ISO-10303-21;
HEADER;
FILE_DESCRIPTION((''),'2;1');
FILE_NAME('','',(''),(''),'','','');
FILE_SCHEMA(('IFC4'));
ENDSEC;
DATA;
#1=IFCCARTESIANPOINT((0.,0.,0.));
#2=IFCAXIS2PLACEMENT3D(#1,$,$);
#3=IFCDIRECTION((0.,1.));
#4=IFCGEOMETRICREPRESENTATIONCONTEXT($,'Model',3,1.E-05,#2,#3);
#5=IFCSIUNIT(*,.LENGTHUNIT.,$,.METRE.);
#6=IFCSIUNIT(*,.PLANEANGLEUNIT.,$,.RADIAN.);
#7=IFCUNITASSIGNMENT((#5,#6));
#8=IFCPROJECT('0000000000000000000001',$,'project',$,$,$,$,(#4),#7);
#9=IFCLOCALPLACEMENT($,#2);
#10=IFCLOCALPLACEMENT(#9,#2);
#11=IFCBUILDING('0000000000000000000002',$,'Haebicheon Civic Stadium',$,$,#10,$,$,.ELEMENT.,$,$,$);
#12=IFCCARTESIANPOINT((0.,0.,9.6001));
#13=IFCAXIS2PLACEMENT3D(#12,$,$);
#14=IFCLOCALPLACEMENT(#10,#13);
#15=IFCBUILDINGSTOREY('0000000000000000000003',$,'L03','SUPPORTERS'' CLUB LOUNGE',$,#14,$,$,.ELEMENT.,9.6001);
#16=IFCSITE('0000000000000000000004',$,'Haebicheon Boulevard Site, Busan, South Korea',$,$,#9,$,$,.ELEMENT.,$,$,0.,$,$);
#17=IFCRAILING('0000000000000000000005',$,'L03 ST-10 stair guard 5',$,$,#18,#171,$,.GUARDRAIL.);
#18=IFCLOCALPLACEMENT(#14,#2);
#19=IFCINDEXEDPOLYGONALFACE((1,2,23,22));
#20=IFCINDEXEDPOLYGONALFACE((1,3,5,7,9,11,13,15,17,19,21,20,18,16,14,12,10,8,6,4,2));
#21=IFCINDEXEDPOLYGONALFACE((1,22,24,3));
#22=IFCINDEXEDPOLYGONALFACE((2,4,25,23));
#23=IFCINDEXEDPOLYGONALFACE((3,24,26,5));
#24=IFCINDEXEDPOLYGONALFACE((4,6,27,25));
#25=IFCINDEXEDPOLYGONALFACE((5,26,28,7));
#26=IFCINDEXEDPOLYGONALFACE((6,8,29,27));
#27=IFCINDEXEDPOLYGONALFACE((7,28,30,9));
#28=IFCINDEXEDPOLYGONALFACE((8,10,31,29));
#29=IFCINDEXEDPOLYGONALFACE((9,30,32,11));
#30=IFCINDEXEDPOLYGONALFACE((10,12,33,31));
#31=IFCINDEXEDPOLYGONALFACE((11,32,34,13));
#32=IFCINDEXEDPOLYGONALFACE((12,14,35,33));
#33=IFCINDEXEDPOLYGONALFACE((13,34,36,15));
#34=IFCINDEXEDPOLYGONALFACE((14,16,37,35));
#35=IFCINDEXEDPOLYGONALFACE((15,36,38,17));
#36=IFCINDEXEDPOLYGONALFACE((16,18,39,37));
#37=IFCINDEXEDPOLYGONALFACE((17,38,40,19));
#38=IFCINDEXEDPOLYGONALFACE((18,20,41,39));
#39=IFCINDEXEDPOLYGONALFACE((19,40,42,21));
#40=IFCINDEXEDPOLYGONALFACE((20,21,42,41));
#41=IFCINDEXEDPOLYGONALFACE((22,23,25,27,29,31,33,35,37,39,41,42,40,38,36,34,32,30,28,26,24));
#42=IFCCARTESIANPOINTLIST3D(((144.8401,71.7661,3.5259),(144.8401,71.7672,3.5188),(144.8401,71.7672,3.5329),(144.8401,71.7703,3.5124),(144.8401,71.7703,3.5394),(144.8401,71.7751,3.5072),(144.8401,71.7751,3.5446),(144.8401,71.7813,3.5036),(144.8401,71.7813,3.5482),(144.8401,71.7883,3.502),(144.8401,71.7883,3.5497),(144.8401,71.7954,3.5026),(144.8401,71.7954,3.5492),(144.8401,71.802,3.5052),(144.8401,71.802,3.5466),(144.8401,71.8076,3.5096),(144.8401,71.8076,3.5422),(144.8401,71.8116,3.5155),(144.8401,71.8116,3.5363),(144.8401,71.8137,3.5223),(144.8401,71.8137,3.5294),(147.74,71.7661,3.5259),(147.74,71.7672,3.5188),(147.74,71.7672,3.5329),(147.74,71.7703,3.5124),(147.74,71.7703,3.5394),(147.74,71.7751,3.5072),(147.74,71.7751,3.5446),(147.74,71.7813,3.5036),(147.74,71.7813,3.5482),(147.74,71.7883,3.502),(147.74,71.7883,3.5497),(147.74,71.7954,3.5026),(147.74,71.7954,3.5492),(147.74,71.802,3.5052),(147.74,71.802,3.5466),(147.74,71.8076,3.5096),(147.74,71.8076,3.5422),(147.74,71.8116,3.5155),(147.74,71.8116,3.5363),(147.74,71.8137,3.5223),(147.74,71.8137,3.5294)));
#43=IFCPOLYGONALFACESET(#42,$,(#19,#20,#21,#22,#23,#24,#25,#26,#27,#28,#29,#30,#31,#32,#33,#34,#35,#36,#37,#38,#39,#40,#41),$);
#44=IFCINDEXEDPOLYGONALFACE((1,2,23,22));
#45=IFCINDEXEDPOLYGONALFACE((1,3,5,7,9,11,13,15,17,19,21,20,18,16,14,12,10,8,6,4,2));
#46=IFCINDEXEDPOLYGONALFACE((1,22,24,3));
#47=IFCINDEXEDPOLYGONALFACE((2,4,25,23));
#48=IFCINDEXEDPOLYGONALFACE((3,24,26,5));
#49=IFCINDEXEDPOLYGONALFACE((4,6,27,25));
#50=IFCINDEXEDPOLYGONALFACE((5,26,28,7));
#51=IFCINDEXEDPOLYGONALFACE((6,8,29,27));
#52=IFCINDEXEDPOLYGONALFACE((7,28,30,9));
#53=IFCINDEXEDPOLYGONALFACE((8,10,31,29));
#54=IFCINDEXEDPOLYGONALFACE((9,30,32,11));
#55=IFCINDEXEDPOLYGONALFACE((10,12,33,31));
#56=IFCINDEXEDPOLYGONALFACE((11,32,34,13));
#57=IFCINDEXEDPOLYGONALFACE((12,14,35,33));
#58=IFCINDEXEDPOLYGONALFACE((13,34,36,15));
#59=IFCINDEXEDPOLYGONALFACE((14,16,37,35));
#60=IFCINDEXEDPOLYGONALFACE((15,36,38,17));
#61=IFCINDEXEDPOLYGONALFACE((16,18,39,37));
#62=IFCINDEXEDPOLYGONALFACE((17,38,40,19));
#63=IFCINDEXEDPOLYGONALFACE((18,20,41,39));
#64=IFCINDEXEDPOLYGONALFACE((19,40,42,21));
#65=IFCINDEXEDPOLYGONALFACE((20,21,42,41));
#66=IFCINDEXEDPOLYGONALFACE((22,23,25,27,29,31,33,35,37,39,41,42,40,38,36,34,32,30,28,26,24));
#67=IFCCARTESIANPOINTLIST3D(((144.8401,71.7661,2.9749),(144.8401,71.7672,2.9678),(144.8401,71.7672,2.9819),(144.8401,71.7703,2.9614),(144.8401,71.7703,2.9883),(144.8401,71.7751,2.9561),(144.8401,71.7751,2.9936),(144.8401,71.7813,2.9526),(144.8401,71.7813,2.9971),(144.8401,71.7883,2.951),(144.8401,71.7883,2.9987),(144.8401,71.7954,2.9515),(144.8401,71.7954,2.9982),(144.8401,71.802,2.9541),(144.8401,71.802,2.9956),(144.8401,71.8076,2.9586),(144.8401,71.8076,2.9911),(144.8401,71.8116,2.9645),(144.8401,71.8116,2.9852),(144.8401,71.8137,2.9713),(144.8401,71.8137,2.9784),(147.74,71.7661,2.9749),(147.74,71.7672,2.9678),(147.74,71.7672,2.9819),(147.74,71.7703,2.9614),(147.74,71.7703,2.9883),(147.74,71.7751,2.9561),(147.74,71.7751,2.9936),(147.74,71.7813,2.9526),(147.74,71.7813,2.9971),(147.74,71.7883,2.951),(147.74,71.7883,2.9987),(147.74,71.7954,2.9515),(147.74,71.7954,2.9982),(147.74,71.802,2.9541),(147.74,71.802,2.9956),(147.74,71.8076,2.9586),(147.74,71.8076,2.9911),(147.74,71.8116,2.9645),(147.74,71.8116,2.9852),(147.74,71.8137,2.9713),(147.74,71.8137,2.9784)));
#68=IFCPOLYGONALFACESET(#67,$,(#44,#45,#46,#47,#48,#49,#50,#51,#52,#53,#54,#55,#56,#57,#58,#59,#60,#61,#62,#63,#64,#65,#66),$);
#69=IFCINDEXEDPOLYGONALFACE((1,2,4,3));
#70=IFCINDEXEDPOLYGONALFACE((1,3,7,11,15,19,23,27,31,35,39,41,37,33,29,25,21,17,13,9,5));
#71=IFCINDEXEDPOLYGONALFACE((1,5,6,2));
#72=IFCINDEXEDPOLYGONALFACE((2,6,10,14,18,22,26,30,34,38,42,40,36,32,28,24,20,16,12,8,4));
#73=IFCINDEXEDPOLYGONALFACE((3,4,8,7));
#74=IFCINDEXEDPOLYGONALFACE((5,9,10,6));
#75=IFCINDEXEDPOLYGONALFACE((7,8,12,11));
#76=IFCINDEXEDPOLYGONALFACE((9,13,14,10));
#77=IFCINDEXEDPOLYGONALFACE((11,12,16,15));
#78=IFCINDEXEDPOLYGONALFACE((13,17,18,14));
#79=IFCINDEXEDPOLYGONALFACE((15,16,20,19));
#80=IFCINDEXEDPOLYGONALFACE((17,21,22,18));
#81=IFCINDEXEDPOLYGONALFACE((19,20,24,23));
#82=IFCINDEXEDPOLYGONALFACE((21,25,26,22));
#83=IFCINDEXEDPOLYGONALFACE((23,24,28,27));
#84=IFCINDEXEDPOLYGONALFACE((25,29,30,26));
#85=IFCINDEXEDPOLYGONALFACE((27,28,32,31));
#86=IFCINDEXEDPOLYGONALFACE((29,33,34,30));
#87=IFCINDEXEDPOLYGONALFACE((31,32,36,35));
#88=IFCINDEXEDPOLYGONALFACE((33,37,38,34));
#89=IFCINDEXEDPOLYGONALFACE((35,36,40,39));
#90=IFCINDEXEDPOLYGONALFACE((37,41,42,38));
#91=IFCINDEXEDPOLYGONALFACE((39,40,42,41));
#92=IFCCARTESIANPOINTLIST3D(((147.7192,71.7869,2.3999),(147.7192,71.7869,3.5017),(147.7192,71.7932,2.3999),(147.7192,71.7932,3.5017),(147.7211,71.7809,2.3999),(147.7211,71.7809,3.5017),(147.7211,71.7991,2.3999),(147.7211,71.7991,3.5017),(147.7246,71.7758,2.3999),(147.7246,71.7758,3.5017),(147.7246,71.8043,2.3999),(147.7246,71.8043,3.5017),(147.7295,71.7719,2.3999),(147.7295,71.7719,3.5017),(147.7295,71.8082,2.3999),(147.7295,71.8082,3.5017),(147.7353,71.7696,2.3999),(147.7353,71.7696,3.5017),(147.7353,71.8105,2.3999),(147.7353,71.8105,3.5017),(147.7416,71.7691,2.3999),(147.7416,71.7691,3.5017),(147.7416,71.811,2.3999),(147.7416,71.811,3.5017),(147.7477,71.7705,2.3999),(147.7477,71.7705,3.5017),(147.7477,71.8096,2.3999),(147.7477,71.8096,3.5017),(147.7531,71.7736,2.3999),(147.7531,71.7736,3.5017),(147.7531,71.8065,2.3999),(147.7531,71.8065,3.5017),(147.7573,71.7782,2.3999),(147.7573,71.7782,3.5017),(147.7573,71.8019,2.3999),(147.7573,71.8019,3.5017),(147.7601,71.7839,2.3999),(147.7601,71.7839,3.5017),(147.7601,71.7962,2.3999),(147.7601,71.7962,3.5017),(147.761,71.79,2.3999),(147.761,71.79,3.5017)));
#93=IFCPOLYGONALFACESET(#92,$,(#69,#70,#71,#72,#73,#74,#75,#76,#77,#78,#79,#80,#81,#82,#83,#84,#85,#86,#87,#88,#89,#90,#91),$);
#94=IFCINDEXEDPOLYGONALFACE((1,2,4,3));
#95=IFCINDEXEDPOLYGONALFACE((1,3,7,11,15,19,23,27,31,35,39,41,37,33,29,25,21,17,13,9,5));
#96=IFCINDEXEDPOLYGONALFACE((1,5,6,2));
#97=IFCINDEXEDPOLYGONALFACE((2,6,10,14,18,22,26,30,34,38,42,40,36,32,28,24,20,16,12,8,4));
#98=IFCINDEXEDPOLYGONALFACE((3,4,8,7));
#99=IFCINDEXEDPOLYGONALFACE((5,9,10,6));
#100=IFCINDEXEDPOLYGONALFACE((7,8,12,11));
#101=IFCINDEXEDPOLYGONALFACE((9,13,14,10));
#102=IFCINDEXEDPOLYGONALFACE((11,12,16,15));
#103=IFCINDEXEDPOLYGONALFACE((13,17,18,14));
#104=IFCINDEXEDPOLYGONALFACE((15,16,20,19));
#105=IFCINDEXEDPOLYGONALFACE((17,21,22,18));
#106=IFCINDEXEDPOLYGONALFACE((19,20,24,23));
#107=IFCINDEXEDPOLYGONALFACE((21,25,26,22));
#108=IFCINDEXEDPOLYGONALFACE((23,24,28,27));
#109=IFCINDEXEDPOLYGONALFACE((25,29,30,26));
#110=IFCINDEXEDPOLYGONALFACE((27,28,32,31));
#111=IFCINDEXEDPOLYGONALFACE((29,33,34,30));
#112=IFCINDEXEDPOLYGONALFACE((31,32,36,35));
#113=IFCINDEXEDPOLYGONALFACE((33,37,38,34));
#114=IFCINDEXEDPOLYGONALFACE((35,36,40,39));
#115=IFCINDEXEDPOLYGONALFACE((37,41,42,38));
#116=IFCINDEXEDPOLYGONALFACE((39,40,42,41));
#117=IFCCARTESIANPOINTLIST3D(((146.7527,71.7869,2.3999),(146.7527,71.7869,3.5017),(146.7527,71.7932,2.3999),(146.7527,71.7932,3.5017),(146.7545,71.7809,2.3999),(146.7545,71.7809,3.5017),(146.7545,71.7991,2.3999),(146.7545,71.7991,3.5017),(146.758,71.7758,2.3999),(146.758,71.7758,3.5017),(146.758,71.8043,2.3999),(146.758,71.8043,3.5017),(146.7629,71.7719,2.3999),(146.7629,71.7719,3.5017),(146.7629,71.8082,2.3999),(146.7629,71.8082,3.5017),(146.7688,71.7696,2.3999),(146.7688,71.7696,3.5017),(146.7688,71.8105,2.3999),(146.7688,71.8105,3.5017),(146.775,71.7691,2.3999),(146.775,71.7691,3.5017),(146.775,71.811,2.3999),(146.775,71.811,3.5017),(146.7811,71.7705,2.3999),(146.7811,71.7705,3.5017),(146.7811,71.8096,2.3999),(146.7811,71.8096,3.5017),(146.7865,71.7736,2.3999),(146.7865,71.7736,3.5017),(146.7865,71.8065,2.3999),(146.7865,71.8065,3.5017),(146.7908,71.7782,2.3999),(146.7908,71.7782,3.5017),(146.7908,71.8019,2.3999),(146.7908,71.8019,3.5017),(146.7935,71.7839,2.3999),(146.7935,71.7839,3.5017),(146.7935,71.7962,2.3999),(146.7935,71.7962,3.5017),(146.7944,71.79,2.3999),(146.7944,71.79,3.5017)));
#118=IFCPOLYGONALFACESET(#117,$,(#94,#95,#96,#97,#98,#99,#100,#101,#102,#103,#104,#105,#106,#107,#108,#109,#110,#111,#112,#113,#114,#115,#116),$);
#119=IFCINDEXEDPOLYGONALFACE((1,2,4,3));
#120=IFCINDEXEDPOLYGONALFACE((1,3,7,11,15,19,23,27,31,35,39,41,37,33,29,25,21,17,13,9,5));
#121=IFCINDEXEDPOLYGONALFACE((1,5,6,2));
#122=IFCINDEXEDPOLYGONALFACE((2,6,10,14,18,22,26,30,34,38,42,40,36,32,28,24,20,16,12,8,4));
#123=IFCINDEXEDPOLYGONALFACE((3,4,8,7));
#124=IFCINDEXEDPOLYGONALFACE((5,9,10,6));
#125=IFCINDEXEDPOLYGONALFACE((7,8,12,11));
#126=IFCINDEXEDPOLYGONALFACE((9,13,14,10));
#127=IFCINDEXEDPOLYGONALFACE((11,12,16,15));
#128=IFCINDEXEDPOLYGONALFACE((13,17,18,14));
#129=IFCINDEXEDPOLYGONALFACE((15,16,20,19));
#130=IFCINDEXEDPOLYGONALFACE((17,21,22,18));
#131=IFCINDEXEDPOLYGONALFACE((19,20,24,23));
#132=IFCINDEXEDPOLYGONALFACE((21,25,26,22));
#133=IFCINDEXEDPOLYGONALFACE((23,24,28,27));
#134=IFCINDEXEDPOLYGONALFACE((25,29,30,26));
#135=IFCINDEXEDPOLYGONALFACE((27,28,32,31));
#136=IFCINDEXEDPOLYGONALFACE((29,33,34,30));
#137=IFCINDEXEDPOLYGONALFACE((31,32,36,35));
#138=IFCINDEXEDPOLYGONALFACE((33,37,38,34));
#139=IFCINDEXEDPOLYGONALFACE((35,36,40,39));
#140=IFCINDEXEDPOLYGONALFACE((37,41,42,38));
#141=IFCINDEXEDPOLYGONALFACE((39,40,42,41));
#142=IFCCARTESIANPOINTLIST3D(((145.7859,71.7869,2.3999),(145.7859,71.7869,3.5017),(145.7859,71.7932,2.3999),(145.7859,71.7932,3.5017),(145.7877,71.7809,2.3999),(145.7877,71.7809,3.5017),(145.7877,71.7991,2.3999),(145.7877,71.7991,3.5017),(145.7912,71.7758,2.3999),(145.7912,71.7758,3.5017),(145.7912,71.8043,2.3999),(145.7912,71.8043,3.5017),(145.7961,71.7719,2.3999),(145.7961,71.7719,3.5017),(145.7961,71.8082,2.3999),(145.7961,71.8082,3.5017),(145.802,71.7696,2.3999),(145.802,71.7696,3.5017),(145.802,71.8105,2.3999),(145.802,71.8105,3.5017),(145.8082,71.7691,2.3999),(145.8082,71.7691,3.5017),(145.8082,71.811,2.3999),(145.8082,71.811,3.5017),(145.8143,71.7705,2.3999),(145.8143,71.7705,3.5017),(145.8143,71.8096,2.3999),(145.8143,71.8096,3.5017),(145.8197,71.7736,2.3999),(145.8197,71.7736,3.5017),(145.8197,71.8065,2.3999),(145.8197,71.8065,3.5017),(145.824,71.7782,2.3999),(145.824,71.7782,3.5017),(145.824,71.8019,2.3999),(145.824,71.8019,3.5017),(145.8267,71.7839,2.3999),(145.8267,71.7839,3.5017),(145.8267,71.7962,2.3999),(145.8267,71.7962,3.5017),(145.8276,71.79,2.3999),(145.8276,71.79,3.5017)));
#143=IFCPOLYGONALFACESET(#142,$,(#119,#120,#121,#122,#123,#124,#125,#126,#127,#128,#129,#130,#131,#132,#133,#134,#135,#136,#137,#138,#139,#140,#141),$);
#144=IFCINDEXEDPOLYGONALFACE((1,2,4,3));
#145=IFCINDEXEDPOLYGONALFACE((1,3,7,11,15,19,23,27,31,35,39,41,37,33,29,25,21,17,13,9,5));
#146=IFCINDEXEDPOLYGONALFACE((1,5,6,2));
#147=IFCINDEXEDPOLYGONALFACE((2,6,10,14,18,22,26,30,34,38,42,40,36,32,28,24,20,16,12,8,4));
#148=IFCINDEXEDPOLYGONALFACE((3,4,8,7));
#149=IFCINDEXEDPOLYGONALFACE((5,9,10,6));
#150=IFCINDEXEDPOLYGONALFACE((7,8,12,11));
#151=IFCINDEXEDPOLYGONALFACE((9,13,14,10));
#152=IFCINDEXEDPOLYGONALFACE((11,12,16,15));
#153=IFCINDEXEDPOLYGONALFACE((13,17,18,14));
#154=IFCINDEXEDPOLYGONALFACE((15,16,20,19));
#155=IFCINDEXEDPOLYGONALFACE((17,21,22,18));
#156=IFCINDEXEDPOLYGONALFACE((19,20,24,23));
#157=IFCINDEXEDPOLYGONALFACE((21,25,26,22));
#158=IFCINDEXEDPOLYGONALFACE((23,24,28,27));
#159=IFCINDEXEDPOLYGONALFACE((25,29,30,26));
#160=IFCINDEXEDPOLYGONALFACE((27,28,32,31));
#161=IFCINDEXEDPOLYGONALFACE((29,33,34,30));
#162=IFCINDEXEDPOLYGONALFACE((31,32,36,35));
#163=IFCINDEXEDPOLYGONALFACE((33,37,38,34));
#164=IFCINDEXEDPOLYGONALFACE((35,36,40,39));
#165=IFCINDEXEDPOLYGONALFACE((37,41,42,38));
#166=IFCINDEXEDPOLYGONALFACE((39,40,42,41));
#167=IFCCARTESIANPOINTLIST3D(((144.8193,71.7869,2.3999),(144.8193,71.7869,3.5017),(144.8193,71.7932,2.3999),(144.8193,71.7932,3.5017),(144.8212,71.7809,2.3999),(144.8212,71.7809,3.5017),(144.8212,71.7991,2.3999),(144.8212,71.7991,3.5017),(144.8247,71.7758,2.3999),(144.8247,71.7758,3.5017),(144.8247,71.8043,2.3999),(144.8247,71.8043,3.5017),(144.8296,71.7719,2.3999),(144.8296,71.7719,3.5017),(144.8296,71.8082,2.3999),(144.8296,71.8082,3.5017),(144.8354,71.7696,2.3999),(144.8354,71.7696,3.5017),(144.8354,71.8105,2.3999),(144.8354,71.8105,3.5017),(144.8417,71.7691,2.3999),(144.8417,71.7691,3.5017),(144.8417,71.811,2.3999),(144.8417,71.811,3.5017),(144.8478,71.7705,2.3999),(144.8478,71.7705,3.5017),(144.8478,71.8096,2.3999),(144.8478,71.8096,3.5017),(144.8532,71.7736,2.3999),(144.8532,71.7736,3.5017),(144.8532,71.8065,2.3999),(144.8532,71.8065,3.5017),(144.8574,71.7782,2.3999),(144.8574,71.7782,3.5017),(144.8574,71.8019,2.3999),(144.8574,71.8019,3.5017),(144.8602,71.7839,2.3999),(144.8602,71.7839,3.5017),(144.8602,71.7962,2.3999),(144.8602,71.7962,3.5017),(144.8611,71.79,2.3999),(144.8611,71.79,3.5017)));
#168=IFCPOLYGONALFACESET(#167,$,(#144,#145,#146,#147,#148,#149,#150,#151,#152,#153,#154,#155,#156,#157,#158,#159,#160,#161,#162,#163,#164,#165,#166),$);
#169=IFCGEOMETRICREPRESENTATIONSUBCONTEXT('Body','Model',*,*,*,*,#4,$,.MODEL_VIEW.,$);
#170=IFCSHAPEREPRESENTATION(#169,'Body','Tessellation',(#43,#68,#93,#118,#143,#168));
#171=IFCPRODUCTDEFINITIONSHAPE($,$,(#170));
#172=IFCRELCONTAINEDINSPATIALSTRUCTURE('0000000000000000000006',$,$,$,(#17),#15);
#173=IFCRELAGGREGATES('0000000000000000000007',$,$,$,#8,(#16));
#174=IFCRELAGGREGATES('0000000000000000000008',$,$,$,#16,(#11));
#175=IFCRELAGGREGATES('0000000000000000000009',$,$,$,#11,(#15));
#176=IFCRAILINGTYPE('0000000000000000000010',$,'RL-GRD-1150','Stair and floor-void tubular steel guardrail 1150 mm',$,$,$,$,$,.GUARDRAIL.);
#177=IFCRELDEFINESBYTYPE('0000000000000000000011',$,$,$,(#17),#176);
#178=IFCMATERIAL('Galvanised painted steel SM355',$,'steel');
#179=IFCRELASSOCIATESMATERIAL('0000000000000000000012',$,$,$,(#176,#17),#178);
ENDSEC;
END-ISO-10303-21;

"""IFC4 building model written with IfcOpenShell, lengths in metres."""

from ifc_helpers import new_model, si_unit, direction, frame, origin, origin_2d, place, context, subcontext, project, spatial, circle, extrude, material, type_object, element, save


model = new_model("IFC4")

# Units and contexts
model_context = context("Model", 3, precision=1e-05, world=origin(), true_north=direction((0.0, 1.0)))
body_context = subcontext(model_context, "Body", "Model", "MODEL_VIEW")
ifc_project = project(units=[si_unit("LENGTHUNIT", "METRE"), si_unit("PLANEANGLEUNIT", "RADIAN")], contexts=[model_context])

# Site, building, storey
site_placement = place(None, origin())
site = spatial("IfcSite", under=ifc_project, at=site_placement, Name="Haebicheon Boulevard Site, Busan, South Korea", CompositionType="ELEMENT", RefElevation=0.0)
building_placement = place(site_placement, origin())
building = spatial("IfcBuilding", under=site, at=building_placement, Name="Haebicheon Civic Stadium", CompositionType="ELEMENT")
storey_placement = place(building_placement, frame((0.0, 0.0, 9.6001)))
storey = spatial("IfcBuildingStorey", under=building, at=storey_placement, Name="L03", Description="SUPPORTERS' CLUB LOUNGE", CompositionType="ELEMENT", Elevation=9.6001)

# Railing
ifc_material_1 = material(Name="Galvanised painted steel SM355", Category="steel")
railing_type_1 = type_object("IfcRailingType", Name="RL-GRD-1150", Description="Stair and floor-void tubular steel guardrail 1150 mm", PredefinedType="GUARDRAIL", material=ifc_material_1)
railing_1_placement = place(storey_placement, frame((147.74, 71.79, 2.3999)))
element("IfcRailing", 1, at=railing_1_placement, inside=storey, type_object=railing_type_1, material=ifc_material_1, Name="L03 ST-10 stair guard 5", PredefinedType="GUARDRAIL", context=body_context, shape_type="SweptSolid", body=[
    extrude(circle(Radius=0.0239, at=origin_2d()), frame((0.0, 0.0, 1.126), z_axis=(-1.0, 0.0, 0.0), x_axis=(0.0, -1.0, 0.0)), (0.0, 0.0, 1.0), 2.8999),
    extrude(circle(Radius=0.0239, at=origin_2d()), frame((0.0, 0.0, 0.575), z_axis=(-1.0, 0.0, 0.0), x_axis=(0.0, -1.0, 0.0)), (0.0, 0.0, 1.0), 2.8999),
    extrude(circle(Radius=0.021, at=origin_2d()), origin(), (0.0, 0.0, 1.0), 1.1018),
    extrude(circle(Radius=0.021, at=origin_2d()), frame((-0.9666, 0.0, 0.0)), (0.0, 0.0, 1.0), 1.1018),
    extrude(circle(Radius=0.021, at=origin_2d()), frame((-1.9333, 0.0, 0.0)), (0.0, 0.0, 1.0), 1.1018),
    extrude(circle(Radius=0.021, at=origin_2d()), frame((-2.8999, 0.0, 0.0)), (0.0, 0.0, 1.0), 1.1018),
])

save(model, "model.ifc")
